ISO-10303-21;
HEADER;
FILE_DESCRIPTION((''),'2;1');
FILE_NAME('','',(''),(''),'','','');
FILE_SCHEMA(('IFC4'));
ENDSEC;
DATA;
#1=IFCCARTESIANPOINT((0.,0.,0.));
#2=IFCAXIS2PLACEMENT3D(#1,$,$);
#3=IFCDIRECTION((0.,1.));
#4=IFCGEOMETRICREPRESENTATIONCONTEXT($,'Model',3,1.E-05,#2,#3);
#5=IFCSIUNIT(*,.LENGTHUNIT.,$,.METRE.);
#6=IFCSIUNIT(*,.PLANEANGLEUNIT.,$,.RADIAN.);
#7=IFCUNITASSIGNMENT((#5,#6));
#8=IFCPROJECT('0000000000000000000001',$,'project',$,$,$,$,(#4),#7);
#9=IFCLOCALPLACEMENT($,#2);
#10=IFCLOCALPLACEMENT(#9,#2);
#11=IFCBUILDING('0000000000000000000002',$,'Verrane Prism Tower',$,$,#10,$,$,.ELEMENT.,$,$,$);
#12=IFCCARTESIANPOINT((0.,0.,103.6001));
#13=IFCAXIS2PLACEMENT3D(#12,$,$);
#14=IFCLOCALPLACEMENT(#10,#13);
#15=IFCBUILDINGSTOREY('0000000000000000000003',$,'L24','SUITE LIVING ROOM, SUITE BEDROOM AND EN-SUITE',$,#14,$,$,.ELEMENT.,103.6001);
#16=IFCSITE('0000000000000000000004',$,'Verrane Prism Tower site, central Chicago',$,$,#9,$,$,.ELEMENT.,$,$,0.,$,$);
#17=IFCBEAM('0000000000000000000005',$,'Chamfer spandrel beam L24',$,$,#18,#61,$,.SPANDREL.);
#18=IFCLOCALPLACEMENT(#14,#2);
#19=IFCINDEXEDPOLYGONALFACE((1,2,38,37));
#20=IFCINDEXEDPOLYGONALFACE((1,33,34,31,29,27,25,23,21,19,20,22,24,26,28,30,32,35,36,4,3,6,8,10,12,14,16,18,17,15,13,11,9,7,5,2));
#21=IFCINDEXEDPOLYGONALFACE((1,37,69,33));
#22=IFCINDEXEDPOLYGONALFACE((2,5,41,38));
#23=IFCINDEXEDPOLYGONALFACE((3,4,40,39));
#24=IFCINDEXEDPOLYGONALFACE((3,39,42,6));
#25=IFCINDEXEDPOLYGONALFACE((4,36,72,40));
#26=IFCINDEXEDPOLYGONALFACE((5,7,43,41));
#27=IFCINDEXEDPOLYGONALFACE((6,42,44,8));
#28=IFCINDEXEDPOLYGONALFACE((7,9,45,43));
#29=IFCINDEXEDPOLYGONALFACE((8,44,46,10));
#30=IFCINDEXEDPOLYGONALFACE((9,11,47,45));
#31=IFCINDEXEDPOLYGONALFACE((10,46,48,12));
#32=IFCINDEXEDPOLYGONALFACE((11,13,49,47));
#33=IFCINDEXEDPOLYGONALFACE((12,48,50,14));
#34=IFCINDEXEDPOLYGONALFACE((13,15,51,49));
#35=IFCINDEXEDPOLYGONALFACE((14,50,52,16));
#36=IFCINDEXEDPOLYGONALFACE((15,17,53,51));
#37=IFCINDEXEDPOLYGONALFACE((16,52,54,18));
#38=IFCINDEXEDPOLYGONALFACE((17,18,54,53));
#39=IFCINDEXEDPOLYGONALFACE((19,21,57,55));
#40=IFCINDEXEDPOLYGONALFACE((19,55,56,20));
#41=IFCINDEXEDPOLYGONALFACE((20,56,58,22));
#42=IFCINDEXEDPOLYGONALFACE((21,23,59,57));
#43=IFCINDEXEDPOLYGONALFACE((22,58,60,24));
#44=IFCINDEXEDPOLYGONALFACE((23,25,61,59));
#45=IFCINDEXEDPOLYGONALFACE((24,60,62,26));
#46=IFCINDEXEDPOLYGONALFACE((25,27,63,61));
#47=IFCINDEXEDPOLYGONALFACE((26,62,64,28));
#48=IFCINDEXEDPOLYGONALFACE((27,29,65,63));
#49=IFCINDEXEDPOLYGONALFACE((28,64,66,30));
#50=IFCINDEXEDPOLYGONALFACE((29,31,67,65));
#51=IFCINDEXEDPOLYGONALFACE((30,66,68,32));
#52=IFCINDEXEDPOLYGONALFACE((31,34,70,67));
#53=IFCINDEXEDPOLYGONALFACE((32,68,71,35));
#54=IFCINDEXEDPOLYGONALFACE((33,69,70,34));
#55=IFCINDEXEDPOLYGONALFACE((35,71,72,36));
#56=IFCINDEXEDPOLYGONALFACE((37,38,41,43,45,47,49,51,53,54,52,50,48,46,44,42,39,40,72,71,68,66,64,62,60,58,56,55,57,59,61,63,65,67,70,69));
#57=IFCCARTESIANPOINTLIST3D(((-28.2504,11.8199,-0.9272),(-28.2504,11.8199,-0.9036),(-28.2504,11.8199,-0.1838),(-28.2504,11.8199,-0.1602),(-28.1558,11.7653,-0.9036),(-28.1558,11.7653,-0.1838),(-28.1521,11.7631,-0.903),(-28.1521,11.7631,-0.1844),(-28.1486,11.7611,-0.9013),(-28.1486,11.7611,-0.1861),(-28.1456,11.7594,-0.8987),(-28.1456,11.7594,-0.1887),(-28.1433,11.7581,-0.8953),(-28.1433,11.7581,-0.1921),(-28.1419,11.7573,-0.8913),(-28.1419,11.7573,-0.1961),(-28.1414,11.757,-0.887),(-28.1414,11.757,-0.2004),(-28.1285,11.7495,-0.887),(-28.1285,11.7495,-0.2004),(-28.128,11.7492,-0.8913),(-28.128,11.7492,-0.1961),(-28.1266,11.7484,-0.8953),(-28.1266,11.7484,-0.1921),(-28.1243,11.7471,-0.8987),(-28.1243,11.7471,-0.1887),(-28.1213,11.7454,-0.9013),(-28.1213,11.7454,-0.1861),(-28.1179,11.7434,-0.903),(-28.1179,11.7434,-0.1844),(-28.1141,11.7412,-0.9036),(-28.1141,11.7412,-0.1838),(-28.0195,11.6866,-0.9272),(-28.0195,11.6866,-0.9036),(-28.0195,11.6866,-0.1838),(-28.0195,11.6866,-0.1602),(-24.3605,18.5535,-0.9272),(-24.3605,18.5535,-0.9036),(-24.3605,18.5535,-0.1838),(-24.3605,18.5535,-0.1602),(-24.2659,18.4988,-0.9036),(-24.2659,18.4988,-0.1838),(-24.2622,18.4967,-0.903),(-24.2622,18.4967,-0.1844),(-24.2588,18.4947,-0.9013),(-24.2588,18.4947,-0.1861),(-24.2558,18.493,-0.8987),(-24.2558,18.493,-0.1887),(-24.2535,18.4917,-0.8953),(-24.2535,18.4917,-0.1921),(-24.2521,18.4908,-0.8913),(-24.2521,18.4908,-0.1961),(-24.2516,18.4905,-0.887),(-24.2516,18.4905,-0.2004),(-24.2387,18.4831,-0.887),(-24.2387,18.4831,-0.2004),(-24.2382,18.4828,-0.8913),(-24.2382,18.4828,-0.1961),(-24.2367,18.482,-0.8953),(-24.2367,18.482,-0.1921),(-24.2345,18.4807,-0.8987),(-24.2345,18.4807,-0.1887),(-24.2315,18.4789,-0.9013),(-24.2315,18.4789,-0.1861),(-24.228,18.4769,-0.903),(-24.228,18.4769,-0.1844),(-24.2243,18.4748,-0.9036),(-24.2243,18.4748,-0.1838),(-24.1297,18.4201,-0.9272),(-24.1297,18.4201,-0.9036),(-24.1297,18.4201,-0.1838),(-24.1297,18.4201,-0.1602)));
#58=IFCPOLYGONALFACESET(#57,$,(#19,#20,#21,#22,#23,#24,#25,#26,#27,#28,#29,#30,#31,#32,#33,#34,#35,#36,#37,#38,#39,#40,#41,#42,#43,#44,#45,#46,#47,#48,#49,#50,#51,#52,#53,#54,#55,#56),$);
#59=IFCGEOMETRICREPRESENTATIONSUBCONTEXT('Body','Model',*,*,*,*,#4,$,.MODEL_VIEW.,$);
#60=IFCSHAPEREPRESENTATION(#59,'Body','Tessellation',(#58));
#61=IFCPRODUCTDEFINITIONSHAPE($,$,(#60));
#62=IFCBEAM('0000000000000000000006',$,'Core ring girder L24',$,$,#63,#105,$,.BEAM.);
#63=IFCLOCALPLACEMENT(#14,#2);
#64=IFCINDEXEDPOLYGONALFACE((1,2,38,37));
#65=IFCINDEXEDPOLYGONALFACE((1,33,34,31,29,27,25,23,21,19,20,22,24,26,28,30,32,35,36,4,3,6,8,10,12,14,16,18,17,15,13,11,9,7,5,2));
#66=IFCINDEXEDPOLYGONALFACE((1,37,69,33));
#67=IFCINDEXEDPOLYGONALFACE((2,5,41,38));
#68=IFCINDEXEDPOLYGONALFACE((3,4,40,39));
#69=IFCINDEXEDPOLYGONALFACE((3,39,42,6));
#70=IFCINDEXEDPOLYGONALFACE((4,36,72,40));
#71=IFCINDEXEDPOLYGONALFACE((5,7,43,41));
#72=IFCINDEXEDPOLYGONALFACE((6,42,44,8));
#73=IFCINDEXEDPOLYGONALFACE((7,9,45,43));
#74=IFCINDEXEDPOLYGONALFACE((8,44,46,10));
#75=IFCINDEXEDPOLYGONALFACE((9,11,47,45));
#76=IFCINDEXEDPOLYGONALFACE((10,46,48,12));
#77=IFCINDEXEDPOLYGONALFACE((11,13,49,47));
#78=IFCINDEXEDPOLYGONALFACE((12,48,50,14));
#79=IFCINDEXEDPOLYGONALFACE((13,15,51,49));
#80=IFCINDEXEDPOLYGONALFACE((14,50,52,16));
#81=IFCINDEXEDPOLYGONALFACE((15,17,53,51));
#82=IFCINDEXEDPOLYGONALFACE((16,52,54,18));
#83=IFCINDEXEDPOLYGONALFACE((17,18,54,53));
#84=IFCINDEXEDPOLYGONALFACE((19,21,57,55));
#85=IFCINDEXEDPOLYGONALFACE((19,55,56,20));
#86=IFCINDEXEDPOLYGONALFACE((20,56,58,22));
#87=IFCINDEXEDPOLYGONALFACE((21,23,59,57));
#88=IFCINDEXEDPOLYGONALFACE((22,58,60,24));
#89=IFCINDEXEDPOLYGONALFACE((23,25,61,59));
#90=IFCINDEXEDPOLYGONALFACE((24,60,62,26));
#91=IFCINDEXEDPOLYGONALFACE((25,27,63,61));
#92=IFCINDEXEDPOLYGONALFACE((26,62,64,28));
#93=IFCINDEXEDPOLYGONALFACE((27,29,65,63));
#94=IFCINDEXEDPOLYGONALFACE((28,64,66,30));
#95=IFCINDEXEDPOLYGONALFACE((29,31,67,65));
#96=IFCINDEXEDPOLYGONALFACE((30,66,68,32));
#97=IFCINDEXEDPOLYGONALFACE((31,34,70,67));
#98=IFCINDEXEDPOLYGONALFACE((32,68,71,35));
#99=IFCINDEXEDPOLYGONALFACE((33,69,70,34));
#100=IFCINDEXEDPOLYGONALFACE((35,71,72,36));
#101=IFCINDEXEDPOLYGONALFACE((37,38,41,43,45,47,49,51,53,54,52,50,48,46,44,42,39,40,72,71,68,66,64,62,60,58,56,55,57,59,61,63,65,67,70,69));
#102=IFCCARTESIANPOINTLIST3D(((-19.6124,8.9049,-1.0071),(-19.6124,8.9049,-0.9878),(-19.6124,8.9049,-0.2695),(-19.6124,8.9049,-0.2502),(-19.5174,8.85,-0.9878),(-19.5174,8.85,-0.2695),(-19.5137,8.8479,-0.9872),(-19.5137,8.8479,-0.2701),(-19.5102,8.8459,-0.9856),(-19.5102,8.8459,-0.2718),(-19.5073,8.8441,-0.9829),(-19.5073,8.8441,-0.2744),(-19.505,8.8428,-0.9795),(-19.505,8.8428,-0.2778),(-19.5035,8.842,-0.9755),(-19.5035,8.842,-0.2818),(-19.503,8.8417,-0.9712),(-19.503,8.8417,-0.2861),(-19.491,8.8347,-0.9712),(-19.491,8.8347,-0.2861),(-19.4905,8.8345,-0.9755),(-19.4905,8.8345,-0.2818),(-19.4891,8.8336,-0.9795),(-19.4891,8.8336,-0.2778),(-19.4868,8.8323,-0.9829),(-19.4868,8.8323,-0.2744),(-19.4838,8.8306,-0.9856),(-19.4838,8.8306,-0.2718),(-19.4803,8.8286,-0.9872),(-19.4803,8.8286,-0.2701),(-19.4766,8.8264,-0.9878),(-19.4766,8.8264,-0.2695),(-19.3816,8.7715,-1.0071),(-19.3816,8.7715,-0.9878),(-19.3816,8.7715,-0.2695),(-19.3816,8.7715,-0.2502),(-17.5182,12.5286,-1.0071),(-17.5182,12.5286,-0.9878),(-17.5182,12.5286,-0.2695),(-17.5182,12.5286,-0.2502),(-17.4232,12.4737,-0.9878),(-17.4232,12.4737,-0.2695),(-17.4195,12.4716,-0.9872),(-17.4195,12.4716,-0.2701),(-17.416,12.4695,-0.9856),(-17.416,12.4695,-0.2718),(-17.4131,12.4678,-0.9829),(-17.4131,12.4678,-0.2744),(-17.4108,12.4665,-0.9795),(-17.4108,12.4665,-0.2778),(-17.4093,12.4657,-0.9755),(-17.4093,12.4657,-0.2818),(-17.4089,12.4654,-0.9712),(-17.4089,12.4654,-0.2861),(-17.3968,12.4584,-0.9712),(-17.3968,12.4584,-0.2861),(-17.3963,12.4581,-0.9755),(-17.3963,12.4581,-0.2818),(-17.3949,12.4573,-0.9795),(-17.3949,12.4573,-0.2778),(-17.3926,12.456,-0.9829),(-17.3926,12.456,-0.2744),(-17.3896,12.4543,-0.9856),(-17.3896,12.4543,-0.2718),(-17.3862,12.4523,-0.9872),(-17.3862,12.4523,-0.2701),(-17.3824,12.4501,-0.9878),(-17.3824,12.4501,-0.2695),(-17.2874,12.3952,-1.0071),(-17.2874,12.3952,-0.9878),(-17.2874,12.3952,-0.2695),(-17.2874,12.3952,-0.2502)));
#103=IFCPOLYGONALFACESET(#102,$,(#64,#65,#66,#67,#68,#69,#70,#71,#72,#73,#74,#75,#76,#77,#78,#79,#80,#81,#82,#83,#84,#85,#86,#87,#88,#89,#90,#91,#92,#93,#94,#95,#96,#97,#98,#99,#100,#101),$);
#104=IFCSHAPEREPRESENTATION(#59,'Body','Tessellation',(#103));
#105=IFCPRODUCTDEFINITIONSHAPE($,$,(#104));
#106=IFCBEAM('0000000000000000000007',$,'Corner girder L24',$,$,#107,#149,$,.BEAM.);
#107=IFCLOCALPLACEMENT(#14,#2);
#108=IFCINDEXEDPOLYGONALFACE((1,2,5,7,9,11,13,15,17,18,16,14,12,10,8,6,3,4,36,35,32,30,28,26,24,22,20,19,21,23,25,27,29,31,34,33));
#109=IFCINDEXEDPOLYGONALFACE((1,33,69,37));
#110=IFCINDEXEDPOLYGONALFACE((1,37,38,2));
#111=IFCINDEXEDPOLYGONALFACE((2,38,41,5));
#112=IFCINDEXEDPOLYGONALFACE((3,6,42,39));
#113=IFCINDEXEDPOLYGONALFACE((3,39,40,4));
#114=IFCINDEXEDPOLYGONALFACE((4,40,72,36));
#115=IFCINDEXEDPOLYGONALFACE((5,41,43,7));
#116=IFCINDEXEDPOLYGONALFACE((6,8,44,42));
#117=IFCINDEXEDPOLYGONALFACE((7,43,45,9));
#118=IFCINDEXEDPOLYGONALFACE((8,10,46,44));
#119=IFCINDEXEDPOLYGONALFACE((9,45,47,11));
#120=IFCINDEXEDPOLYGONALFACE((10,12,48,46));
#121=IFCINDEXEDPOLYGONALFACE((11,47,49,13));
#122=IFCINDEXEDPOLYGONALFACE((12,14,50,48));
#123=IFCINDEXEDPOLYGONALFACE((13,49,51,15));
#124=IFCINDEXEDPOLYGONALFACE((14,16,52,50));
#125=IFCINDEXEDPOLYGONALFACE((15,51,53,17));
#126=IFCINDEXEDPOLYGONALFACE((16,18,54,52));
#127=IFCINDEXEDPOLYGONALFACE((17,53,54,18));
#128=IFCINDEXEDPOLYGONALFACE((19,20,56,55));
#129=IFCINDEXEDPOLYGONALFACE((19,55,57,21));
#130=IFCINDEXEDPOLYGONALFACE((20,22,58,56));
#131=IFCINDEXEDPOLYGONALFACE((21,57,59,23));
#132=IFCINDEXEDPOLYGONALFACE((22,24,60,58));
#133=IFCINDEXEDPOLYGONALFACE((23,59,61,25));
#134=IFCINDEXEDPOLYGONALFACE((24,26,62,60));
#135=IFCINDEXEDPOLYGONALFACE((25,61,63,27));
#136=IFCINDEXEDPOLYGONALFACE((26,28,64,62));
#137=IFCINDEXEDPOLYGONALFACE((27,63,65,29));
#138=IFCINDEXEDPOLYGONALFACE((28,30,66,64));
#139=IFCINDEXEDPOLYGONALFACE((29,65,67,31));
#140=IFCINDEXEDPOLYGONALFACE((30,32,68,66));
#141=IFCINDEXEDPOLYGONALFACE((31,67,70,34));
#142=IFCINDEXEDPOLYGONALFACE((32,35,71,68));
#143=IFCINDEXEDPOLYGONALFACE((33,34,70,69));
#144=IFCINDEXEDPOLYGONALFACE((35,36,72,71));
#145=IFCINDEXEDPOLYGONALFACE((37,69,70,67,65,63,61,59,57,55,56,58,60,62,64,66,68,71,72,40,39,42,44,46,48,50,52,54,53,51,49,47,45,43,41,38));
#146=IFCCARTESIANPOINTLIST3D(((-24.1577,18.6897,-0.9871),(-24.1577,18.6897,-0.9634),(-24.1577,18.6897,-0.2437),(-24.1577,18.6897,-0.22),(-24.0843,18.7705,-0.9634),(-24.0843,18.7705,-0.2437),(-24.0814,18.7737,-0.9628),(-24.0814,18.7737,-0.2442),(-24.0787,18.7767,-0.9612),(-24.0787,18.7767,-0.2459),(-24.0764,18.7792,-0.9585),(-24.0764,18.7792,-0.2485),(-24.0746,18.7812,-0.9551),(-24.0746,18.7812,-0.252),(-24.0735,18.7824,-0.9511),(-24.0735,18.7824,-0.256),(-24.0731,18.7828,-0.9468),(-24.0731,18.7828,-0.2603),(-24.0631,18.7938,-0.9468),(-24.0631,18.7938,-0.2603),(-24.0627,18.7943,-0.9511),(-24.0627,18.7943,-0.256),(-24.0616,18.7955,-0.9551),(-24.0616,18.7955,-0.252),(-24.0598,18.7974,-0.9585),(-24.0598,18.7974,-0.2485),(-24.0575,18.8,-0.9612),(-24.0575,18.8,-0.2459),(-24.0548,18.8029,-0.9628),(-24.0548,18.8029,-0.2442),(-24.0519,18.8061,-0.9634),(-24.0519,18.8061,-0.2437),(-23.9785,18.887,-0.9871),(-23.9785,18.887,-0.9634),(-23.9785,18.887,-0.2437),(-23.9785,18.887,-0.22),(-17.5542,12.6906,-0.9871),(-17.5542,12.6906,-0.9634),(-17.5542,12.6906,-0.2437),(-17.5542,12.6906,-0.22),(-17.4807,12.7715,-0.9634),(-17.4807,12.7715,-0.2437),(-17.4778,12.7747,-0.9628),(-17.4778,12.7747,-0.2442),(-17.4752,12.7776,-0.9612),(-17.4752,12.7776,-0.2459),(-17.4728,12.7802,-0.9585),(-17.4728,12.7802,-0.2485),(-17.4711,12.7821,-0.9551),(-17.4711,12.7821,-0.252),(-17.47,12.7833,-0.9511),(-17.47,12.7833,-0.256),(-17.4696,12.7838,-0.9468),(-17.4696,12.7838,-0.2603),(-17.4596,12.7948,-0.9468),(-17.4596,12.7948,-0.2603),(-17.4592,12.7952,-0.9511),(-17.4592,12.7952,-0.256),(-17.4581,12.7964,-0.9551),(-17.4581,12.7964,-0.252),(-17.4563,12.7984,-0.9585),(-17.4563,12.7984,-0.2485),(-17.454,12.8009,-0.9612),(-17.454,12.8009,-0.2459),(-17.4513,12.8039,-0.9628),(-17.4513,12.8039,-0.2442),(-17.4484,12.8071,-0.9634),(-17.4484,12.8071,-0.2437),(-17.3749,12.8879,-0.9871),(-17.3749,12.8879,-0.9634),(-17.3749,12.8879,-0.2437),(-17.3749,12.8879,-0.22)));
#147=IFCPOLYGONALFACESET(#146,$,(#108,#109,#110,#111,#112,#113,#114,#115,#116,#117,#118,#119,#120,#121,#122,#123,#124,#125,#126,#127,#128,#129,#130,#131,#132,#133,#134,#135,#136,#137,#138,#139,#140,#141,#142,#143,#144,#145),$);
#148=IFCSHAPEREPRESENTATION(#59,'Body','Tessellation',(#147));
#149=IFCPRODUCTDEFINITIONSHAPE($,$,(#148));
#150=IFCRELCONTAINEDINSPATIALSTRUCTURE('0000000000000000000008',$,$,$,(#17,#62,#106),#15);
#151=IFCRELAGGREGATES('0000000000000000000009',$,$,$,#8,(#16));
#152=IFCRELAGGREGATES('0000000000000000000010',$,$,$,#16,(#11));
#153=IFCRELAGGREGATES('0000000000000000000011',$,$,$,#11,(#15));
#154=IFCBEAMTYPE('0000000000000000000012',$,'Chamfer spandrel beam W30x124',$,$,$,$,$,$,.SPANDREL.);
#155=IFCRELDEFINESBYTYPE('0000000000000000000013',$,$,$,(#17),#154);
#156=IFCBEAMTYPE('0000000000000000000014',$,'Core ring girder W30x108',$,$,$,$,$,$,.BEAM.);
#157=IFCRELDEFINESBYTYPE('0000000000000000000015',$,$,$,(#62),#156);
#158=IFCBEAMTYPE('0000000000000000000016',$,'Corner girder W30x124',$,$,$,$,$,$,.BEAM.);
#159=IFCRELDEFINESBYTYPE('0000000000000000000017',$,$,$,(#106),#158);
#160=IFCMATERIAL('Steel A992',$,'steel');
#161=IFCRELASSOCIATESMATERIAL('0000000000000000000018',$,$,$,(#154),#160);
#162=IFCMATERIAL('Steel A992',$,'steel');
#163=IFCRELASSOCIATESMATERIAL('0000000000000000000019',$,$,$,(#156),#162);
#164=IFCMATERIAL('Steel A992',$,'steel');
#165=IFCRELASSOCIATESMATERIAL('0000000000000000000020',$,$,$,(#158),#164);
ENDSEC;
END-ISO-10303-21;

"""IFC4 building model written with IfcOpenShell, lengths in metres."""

from ifc_helpers import new_model, si_unit, direction, frame, origin, origin_2d, place, context, subcontext, project, spatial, i_section, extrude, material, material_profile, profile_set, type_object, element, save


model = new_model("IFC4")

# Units and contexts
model_context = context("Model", 3, precision=1e-05, world=origin(), true_north=direction((0.0, 1.0)))
body_context = subcontext(model_context, "Body", "Model", "MODEL_VIEW")
ifc_project = project(units=[si_unit("LENGTHUNIT", "METRE"), si_unit("PLANEANGLEUNIT", "RADIAN")], contexts=[model_context])

# Site, building, storey
site_placement = place(None, origin())
site = spatial("IfcSite", under=ifc_project, at=site_placement, Name="Verrane Prism Tower site, central Chicago", CompositionType="ELEMENT", RefElevation=0.0)
building_placement = place(site_placement, origin())
building = spatial("IfcBuilding", under=site, at=building_placement, Name="Verrane Prism Tower", CompositionType="ELEMENT")
storey_placement = place(building_placement, frame((0.0, 0.0, 103.6001)))
storey = spatial("IfcBuildingStorey", under=building, at=storey_placement, Name="L24", Description="SUITE LIVING ROOM, SUITE BEDROOM AND EN-SUITE", CompositionType="ELEMENT", Elevation=103.6001)

# Beams
ifc_material_1 = material(Name="Steel A992", Category="steel")
ifc_material_profile_1 = material_profile(ifc_material_1, i_section(OverallWidth=0.2666, OverallDepth=0.7671, WebThickness=0.0149, FlangeThickness=0.0237, FilletRadius=0.0166, at=origin_2d()), Name="W30x124")
ifc_profile_set_1 = profile_set([ifc_material_profile_1], Name="Steel A992")
beam_type_1 = type_object("IfcBeamType", Name="Chamfer spandrel beam W30x124", PredefinedType="SPANDREL", material=ifc_profile_set_1)
beam_1_placement = place(storey_placement, frame((-24.2451, 18.4868, -0.5437), z_axis=(-0.500214, -0.865902, 0.0), x_axis=(0.865902, -0.500214, 0.0)))
element("IfcBeam", 1, at=beam_1_placement, inside=storey, type_object=beam_type_1, Name="Chamfer spandrel beam L24", PredefinedType="SPANDREL", context=body_context, shape_type="SweptSolid", body=[
    extrude(i_section(OverallWidth=0.2666, OverallDepth=0.7671, WebThickness=0.0149, FlangeThickness=0.0237, FilletRadius=0.0166, at=origin_2d()), origin(), (0.0, 0.0, 1.0), 7.7764),
])
ifc_material_2 = material(Name="Steel A992", Category="steel")
ifc_material_profile_2 = material_profile(ifc_material_2, i_section(OverallWidth=0.2666, OverallDepth=0.7568, WebThickness=0.0139, FlangeThickness=0.0193, FilletRadius=0.0166, at=origin_2d()), Name="W30x108")
ifc_profile_set_2 = profile_set([ifc_material_profile_2], Name="Steel A992")
beam_type_2 = type_object("IfcBeamType", Name="Core ring girder W30x108", PredefinedType="BEAM", material=ifc_profile_set_2)
beam_2_placement = place(storey_placement, frame((-17.4028, 12.4619, -0.6287), z_axis=(-0.500367, -0.865813, 0.0), x_axis=(0.865813, -0.500367, 0.0)))
element("IfcBeam", 2, at=beam_2_placement, inside=storey, type_object=beam_type_2, Name="Core ring girder L24", PredefinedType="BEAM", context=body_context, shape_type="SweptSolid", body=[
    extrude(i_section(OverallWidth=0.2666, OverallDepth=0.7568, WebThickness=0.0139, FlangeThickness=0.0193, FilletRadius=0.0166, at=origin_2d()), origin(), (0.0, 0.0, 1.0), 4.1853),
])
ifc_material_3 = material(Name="Steel A992", Category="steel")
ifc_material_profile_3 = material_profile(ifc_material_3, i_section(OverallWidth=0.2666, OverallDepth=0.7671, WebThickness=0.0149, FlangeThickness=0.0237, FilletRadius=0.0166, at=origin_2d()), Name="W30x124")
ifc_profile_set_3 = profile_set([ifc_material_profile_3], Name="Steel A992")
beam_type_3 = type_object("IfcBeamType", Name="Corner girder W30x124", PredefinedType="BEAM", material=ifc_profile_set_3)
beam_3_placement = place(storey_placement, frame((-24.0681, 18.7883, -0.6035), z_axis=(0.740173, -0.672417, 0.0), x_axis=(0.672417, 0.740173, 0.0)))
element("IfcBeam", 3, at=beam_3_placement, inside=storey, type_object=beam_type_3, Name="Corner girder L24", PredefinedType="BEAM", context=body_context, shape_type="SweptSolid", body=[
    extrude(i_section(OverallWidth=0.2666, OverallDepth=0.7671, WebThickness=0.0149, FlangeThickness=0.0237, FilletRadius=0.0166, at=origin_2d()), origin(), (0.0, 0.0, 1.0), 8.9216),
])

save(model, "model.ifc")
